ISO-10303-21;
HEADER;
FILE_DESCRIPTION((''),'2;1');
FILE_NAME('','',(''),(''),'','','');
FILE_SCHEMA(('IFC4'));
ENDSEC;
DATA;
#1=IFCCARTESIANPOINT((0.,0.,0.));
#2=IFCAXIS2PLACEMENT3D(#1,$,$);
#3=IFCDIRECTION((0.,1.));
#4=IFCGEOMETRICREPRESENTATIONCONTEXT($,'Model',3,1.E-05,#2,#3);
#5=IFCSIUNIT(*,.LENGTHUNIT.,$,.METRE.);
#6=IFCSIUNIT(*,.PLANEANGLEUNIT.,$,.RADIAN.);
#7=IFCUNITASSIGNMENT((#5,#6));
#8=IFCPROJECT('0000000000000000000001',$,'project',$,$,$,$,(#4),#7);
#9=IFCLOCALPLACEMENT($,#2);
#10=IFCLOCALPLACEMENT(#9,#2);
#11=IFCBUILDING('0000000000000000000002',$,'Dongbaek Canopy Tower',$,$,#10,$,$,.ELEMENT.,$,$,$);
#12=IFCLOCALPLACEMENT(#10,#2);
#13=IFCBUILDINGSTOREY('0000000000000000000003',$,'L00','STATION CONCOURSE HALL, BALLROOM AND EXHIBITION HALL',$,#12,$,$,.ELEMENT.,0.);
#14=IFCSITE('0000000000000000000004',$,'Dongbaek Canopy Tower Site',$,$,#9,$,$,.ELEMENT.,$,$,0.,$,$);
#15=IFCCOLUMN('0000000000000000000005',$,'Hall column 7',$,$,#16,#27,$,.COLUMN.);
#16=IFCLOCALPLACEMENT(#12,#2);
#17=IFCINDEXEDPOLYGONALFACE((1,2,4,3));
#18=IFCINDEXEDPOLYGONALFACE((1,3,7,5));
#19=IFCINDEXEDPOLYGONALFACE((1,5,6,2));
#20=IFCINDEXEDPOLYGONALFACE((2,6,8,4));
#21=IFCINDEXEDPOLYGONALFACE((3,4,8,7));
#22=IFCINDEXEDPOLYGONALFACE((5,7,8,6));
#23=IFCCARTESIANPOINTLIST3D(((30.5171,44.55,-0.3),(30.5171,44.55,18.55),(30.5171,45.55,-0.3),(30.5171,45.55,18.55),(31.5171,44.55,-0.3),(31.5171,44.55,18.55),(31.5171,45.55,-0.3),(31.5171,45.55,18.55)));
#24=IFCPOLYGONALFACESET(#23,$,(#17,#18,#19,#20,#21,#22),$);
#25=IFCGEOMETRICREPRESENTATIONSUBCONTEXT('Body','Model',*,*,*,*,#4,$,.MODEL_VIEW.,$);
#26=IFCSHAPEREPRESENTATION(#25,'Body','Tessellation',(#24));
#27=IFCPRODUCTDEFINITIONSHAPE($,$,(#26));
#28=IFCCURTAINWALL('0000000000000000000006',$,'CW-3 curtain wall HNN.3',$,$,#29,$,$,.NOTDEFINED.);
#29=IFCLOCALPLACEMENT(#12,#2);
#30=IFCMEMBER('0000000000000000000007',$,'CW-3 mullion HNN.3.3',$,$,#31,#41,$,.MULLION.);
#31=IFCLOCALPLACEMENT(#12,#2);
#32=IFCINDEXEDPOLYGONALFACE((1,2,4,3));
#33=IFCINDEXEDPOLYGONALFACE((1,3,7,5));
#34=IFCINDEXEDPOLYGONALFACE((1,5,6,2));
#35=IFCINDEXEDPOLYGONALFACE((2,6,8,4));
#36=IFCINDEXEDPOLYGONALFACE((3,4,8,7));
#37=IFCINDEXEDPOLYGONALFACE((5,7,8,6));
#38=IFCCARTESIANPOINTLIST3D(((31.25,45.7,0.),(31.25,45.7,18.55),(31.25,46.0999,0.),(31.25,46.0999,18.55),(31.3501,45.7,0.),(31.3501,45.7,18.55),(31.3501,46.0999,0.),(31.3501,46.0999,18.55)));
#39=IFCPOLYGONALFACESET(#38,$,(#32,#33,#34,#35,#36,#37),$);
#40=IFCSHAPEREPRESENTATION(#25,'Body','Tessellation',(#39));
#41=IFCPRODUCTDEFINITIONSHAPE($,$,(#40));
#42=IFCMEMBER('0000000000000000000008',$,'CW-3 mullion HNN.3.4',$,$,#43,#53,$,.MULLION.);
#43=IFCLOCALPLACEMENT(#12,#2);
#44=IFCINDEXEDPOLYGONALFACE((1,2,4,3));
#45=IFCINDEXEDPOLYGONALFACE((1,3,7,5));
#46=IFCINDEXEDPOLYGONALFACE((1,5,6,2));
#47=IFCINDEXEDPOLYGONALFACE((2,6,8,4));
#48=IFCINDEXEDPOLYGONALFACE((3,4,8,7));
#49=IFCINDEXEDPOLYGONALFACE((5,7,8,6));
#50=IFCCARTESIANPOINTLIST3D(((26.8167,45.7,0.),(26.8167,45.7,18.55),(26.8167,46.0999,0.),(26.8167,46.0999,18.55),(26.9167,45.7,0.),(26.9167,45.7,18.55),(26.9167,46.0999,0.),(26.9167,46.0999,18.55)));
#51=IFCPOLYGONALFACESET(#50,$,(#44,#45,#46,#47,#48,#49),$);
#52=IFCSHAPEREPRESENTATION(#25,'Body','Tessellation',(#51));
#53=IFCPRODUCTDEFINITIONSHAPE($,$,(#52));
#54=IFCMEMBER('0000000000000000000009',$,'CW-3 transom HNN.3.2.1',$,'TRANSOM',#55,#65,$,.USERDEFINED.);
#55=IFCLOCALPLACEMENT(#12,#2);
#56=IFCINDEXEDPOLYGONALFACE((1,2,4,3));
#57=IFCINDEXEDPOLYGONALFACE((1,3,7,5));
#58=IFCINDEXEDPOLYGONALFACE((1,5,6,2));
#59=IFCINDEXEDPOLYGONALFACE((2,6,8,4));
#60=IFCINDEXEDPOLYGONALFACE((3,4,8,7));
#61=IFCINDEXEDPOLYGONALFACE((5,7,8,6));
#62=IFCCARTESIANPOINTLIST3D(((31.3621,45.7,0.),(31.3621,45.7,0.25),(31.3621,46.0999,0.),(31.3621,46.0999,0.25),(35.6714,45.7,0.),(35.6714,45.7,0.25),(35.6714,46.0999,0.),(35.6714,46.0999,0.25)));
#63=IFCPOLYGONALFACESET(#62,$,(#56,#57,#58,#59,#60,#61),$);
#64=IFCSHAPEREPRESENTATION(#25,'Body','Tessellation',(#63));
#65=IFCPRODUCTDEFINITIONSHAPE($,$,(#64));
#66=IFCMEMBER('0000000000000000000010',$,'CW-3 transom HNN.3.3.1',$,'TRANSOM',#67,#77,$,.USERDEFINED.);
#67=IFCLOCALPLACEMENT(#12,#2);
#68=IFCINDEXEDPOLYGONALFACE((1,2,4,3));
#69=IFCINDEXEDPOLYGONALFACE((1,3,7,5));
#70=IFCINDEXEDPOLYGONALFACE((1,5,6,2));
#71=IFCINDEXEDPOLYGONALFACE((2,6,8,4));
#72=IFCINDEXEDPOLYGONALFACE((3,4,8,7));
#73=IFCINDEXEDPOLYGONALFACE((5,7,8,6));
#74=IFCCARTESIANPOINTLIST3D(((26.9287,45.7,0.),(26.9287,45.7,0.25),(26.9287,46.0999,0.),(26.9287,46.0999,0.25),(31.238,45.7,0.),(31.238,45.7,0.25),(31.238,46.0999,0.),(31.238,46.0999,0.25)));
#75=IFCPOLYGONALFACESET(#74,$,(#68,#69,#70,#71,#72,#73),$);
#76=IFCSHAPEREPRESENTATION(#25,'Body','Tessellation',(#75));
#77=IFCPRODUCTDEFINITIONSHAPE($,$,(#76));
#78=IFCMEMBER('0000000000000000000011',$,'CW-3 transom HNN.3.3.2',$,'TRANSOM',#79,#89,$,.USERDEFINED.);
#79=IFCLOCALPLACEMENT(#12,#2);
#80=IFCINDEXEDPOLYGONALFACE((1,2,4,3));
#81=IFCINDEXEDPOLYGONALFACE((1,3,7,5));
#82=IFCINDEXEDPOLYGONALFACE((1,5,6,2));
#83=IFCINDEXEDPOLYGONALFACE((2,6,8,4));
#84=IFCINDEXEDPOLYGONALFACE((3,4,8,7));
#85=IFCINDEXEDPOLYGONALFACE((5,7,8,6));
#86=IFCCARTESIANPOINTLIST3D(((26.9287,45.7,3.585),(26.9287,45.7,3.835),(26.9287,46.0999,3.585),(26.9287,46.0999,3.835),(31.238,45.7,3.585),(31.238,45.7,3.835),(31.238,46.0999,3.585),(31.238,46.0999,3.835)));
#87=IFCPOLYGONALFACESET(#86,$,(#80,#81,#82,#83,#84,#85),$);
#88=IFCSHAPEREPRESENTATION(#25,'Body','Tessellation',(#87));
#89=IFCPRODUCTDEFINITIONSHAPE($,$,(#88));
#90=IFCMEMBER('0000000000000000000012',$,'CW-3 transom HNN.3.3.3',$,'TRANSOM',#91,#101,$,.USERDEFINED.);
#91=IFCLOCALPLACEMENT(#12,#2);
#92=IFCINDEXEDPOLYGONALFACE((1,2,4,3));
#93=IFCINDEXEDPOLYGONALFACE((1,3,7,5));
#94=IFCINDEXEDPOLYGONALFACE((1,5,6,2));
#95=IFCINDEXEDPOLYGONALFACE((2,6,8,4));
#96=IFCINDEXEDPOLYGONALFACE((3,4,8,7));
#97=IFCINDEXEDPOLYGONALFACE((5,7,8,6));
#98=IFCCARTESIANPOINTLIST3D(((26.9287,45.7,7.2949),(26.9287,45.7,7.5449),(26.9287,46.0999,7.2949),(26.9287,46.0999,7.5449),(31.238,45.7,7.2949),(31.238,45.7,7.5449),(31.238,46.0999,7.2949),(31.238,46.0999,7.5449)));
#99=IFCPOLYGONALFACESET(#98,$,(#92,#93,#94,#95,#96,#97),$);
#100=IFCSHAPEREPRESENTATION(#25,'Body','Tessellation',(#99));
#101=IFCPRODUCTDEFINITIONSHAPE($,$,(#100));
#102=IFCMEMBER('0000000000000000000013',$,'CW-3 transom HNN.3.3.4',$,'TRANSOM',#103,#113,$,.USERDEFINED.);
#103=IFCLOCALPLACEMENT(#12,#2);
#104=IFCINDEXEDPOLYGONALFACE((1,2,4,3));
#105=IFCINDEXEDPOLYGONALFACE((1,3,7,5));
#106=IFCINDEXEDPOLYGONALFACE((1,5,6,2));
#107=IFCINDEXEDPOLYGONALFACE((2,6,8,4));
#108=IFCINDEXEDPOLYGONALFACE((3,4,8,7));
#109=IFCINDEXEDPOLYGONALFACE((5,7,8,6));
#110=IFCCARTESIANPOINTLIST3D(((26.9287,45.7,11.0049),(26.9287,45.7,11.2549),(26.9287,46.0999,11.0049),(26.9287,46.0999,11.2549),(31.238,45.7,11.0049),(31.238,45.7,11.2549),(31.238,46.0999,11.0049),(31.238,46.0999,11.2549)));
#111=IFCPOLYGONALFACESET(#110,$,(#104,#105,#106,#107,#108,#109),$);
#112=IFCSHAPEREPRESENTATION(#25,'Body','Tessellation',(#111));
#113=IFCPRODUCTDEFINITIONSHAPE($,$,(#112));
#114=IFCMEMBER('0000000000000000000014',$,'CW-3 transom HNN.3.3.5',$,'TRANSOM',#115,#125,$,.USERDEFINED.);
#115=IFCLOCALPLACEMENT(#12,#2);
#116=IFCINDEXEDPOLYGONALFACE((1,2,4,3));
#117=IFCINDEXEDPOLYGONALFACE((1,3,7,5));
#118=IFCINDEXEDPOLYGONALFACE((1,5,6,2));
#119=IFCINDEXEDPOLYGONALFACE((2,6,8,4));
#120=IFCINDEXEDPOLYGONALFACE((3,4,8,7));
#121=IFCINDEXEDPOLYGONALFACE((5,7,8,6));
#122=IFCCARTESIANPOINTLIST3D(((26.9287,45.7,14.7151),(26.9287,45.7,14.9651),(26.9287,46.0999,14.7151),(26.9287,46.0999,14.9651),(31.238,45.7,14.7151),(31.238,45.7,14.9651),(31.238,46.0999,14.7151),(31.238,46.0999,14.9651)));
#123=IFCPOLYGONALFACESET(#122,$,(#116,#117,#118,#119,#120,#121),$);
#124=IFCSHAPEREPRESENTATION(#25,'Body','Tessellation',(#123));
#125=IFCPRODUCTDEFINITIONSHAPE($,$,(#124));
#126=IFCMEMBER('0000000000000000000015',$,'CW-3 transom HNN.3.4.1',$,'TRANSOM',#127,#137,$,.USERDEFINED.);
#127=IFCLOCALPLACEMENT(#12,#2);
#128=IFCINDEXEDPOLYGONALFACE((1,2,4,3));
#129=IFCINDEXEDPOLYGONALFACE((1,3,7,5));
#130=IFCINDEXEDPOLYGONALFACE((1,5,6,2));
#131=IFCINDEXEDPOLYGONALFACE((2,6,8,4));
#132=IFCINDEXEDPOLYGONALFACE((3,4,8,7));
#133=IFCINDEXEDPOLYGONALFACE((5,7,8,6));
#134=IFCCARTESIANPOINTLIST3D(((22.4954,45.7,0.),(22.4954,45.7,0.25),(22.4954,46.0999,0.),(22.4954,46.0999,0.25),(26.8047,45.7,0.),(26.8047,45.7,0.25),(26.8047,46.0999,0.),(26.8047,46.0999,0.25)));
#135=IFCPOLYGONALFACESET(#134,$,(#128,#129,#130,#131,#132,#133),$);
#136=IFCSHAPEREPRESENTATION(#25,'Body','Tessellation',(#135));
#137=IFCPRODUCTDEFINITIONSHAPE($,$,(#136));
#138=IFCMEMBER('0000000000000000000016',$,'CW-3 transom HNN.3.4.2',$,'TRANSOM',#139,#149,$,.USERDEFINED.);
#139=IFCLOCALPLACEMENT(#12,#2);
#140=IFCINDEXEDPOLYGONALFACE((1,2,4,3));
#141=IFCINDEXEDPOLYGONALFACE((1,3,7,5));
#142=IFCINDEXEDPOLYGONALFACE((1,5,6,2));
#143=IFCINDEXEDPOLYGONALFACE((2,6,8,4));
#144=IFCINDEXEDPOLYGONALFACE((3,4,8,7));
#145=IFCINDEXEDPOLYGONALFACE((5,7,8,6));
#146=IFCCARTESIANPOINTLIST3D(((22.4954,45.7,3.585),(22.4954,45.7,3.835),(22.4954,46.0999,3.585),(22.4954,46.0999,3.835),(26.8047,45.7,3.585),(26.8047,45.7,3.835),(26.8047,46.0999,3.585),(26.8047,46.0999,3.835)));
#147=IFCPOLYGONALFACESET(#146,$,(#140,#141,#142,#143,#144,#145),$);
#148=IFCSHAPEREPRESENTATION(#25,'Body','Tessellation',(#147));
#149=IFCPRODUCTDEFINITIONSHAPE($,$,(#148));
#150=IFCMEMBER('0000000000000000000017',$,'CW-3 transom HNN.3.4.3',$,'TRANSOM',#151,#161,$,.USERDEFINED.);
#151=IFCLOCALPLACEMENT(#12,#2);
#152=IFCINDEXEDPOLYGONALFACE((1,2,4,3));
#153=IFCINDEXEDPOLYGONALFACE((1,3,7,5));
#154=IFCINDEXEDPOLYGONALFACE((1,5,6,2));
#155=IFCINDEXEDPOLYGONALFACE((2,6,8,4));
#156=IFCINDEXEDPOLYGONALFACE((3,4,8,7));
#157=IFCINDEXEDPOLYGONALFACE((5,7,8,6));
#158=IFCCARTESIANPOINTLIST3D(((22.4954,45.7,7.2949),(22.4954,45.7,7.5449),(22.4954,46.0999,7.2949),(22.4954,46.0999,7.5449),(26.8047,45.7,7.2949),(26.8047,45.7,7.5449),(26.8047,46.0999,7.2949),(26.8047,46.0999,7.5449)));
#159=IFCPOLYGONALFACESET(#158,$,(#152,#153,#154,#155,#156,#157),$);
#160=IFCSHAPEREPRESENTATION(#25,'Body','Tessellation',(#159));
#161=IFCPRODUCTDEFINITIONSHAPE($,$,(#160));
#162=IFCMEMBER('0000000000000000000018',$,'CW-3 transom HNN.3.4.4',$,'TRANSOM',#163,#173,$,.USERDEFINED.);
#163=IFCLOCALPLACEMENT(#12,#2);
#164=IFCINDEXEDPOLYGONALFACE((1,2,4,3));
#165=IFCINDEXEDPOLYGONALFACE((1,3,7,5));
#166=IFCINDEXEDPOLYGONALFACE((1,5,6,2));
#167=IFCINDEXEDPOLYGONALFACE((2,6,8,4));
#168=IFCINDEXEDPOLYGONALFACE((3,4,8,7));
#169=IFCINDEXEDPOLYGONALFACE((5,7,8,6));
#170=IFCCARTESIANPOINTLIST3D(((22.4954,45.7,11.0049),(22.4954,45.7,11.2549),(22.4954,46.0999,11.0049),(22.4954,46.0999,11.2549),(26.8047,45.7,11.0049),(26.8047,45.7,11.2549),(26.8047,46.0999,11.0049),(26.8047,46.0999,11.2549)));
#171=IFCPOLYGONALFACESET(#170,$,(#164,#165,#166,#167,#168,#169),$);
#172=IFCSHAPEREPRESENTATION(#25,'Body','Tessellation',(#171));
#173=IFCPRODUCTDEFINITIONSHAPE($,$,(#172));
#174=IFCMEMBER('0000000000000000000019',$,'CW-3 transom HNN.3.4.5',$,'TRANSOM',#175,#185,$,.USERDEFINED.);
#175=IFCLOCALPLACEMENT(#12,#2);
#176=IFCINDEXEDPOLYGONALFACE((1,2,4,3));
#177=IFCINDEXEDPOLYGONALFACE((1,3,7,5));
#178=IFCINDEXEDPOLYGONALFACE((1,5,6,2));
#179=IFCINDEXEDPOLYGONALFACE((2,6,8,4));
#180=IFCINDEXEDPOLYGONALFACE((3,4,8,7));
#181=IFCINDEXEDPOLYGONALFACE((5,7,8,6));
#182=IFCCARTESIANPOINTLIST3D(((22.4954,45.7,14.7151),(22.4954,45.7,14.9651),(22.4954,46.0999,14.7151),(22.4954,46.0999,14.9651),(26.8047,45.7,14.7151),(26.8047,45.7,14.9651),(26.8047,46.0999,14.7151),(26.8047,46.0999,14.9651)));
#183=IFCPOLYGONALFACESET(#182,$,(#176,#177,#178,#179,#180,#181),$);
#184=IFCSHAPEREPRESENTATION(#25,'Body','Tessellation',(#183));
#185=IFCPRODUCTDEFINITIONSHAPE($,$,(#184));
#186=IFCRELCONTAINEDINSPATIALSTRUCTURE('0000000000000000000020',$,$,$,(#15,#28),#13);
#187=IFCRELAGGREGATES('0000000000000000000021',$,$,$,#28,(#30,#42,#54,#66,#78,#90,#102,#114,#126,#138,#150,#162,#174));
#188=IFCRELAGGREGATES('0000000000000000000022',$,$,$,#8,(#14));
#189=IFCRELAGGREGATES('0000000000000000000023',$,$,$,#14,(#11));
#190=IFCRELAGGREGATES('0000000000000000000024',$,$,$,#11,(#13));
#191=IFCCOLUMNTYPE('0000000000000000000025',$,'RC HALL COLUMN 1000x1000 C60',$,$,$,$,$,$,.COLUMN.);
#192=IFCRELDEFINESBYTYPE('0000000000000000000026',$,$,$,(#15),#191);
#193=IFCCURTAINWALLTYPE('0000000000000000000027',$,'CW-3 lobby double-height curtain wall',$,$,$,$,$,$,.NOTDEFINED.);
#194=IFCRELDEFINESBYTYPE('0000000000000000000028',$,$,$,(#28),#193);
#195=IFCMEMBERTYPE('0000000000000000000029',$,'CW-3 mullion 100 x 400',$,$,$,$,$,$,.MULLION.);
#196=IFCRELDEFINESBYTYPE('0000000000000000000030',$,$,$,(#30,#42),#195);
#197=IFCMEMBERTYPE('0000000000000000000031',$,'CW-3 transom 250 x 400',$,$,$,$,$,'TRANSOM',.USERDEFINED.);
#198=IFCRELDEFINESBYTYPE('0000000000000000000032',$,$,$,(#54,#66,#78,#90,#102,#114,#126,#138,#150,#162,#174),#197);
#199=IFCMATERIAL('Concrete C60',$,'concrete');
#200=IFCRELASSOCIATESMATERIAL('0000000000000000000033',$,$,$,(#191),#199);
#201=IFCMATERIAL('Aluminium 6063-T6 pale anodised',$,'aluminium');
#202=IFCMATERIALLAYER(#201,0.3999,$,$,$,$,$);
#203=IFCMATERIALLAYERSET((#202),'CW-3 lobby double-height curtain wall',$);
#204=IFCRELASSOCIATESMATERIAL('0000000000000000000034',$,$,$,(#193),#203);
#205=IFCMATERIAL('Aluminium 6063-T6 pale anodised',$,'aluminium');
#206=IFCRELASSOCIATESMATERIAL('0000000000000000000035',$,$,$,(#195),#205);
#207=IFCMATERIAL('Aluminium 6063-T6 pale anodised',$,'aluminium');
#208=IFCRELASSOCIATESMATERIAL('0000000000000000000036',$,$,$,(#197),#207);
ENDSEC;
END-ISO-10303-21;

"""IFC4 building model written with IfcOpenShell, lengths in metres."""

from ifc_helpers import new_model, si_unit, direction, frame, origin, origin_2d, place, context, subcontext, project, spatial, rectangle, extrude, material, layer, layer_set, material_profile, profile_set, type_object, element, aggregate, save


model = new_model("IFC4")

# Units and contexts
model_context = context("Model", 3, precision=1e-05, world=origin(), true_north=direction((0.0, 1.0)))
body_context = subcontext(model_context, "Body", "Model", "MODEL_VIEW")
ifc_project = project(units=[si_unit("LENGTHUNIT", "METRE"), si_unit("PLANEANGLEUNIT", "RADIAN")], contexts=[model_context])

# Site, building, storey
site_placement = place(None, origin())
site = spatial("IfcSite", under=ifc_project, at=site_placement, Name="Dongbaek Canopy Tower Site", CompositionType="ELEMENT", RefElevation=0.0)
building_placement = place(site_placement, origin())
building = spatial("IfcBuilding", under=site, at=building_placement, Name="Dongbaek Canopy Tower", CompositionType="ELEMENT")
storey_placement = place(building_placement, origin())
storey = spatial("IfcBuildingStorey", under=building, at=storey_placement, Name="L00", Description="STATION CONCOURSE HALL, BALLROOM AND EXHIBITION HALL", CompositionType="ELEMENT", Elevation=0.0)

# Column
ifc_material_1 = material(Name="Concrete C60", Category="concrete")
ifc_material_profile_1 = material_profile(ifc_material_1, rectangle(XDim=1.0, YDim=1.0, at=origin_2d()), Name="RC HALL COLUMN 1000x1000 C60")
ifc_profile_set_1 = profile_set([ifc_material_profile_1], Name="Concrete C60")
column_type = type_object("IfcColumnType", Name="RC HALL COLUMN 1000x1000 C60", PredefinedType="COLUMN", material=ifc_profile_set_1)
column_placement = place(storey_placement, frame((31.0171, 45.05, -0.3), z_axis=(0.0, 0.0, 1.0), x_axis=(1.0, 0.0, 0.0)))
element("IfcColumn", 1, at=column_placement, inside=storey, type_object=column_type, Name="Hall column 7", PredefinedType="COLUMN", context=body_context, shape_type="SweptSolid", body=[
    extrude(rectangle(XDim=1.0, YDim=1.0, at=origin_2d()), origin(), (0.0, 0.0, 1.0), 18.8501),
])

# Curtain wall, members
ifc_material_2 = material(Name="Aluminium 6063-T6 pale anodised", Category="aluminium")
ifc_layer_1 = layer(ifc_material_2, 0.3999)
ifc_layer_set_1 = layer_set([ifc_layer_1], Name="CW-3 lobby double-height curtain wall")
curtain_wall_type = type_object("IfcCurtainWallType", Name="CW-3 lobby double-height curtain wall", PredefinedType="NOTDEFINED", material=ifc_layer_set_1)
curtain_wall_placement = place(storey_placement, origin())
curtain_wall = element("IfcCurtainWall", 2, at=curtain_wall_placement, inside=storey, type_object=curtain_wall_type, Name="CW-3 curtain wall HNN.3", PredefinedType="NOTDEFINED")
ifc_material_3 = material(Name="Aluminium 6063-T6 pale anodised", Category="aluminium")
ifc_material_profile_2 = material_profile(ifc_material_3, rectangle(XDim=0.3999, YDim=0.1001, at=origin_2d()), Name="CW-3 mullion 100 x 400")
ifc_profile_set_2 = profile_set([ifc_material_profile_2], Name="Aluminium 6063-T6 pale anodised")
member_type_1 = type_object("IfcMemberType", Name="CW-3 mullion 100 x 400", PredefinedType="MULLION", material=ifc_profile_set_2)
member_1_placement = place(storey_placement, frame((31.3, 45.8999, 0.0), z_axis=(0.0, 0.0, 1.0), x_axis=(0.0, 1.0, 0.0)))
member_1 = element("IfcMember", 3, at=member_1_placement, type_object=member_type_1, Name="CW-3 mullion HNN.3.3", PredefinedType="MULLION", context=body_context, shape_type="SweptSolid", body=[
    extrude(rectangle(XDim=0.3999, YDim=0.1001, at=origin_2d()), origin(), (0.0, 0.0, 1.0), 18.55),
])
member_2_placement = place(storey_placement, frame((26.8667, 45.8999, 0.0), z_axis=(0.0, 0.0, 1.0), x_axis=(0.0, 1.0, 0.0)))
member_2 = element("IfcMember", 4, at=member_2_placement, type_object=member_type_1, Name="CW-3 mullion HNN.3.4", PredefinedType="MULLION", context=body_context, shape_type="SweptSolid", body=[
    extrude(rectangle(XDim=0.3999, YDim=0.1001, at=origin_2d()), origin(), (0.0, 0.0, 1.0), 18.55),
])
ifc_material_4 = material(Name="Aluminium 6063-T6 pale anodised", Category="aluminium")
ifc_material_profile_3 = material_profile(ifc_material_4, rectangle(XDim=0.3999, YDim=0.25, at=origin_2d()), Name="CW-3 transom 250 x 400")
ifc_profile_set_3 = profile_set([ifc_material_profile_3], Name="Aluminium 6063-T6 pale anodised")
member_type_2 = type_object("IfcMemberType", Name="CW-3 transom 250 x 400", ElementType="TRANSOM", PredefinedType="USERDEFINED", material=ifc_profile_set_3)
member_3_placement = place(storey_placement, frame((35.6714, 45.8999, 0.125), z_axis=(-1.0, 0.0, 0.0), x_axis=(0.0, -1.0, 0.0)))
member_3 = element("IfcMember", 5, at=member_3_placement, type_object=member_type_2, Name="CW-3 transom HNN.3.2.1", ObjectType="TRANSOM", PredefinedType="USERDEFINED", context=body_context, shape_type="SweptSolid", body=[
    extrude(rectangle(XDim=0.3999, YDim=0.25, at=origin_2d()), origin(), (0.0, 0.0, 1.0), 4.3093),
])
member_4_placement = place(storey_placement, frame((31.238, 45.8999, 0.125), z_axis=(-1.0, 0.0, 0.0), x_axis=(0.0, -1.0, 0.0)))
member_4 = element("IfcMember", 6, at=member_4_placement, type_object=member_type_2, Name="CW-3 transom HNN.3.3.1", ObjectType="TRANSOM", PredefinedType="USERDEFINED", context=body_context, shape_type="SweptSolid", body=[
    extrude(rectangle(XDim=0.3999, YDim=0.25, at=origin_2d()), origin(), (0.0, 0.0, 1.0), 4.3093),
])
member_5_placement = place(storey_placement, frame((31.238, 45.8999, 3.71), z_axis=(-1.0, 0.0, 0.0), x_axis=(0.0, -1.0, 0.0)))
member_5 = element("IfcMember", 7, at=member_5_placement, type_object=member_type_2, Name="CW-3 transom HNN.3.3.2", ObjectType="TRANSOM", PredefinedType="USERDEFINED", context=body_context, shape_type="SweptSolid", body=[
    extrude(rectangle(XDim=0.3999, YDim=0.25, at=origin_2d()), origin(), (0.0, 0.0, 1.0), 4.3093),
])
member_6_placement = place(storey_placement, frame((31.238, 45.8999, 7.4199), z_axis=(-1.0, 0.0, 0.0), x_axis=(0.0, -1.0, 0.0)))
member_6 = element("IfcMember", 8, at=member_6_placement, type_object=member_type_2, Name="CW-3 transom HNN.3.3.3", ObjectType="TRANSOM", PredefinedType="USERDEFINED", context=body_context, shape_type="SweptSolid", body=[
    extrude(rectangle(XDim=0.3999, YDim=0.25, at=origin_2d()), origin(), (0.0, 0.0, 1.0), 4.3093),
])
member_7_placement = place(storey_placement, frame((31.238, 45.8999, 11.1299), z_axis=(-1.0, 0.0, 0.0), x_axis=(0.0, -1.0, 0.0)))
member_7 = element("IfcMember", 9, at=member_7_placement, type_object=member_type_2, Name="CW-3 transom HNN.3.3.4", ObjectType="TRANSOM", PredefinedType="USERDEFINED", context=body_context, shape_type="SweptSolid", body=[
    extrude(rectangle(XDim=0.3999, YDim=0.25, at=origin_2d()), origin(), (0.0, 0.0, 1.0), 4.3093),
])
member_8_placement = place(storey_placement, frame((31.238, 45.8999, 14.8401), z_axis=(-1.0, 0.0, 0.0), x_axis=(0.0, -1.0, 0.0)))
member_8 = element("IfcMember", 10, at=member_8_placement, type_object=member_type_2, Name="CW-3 transom HNN.3.3.5", ObjectType="TRANSOM", PredefinedType="USERDEFINED", context=body_context, shape_type="SweptSolid", body=[
    extrude(rectangle(XDim=0.3999, YDim=0.25, at=origin_2d()), origin(), (0.0, 0.0, 1.0), 4.3093),
])
member_9_placement = place(storey_placement, frame((26.8047, 45.8999, 0.125), z_axis=(-1.0, 0.0, 0.0), x_axis=(0.0, -1.0, 0.0)))
member_9 = element("IfcMember", 11, at=member_9_placement, type_object=member_type_2, Name="CW-3 transom HNN.3.4.1", ObjectType="TRANSOM", PredefinedType="USERDEFINED", context=body_context, shape_type="SweptSolid", body=[
    extrude(rectangle(XDim=0.3999, YDim=0.25, at=origin_2d()), origin(), (0.0, 0.0, 1.0), 4.3093),
])
member_10_placement = place(storey_placement, frame((26.8047, 45.8999, 3.71), z_axis=(-1.0, 0.0, 0.0), x_axis=(0.0, -1.0, 0.0)))
member_10 = element("IfcMember", 12, at=member_10_placement, type_object=member_type_2, Name="CW-3 transom HNN.3.4.2", ObjectType="TRANSOM", PredefinedType="USERDEFINED", context=body_context, shape_type="SweptSolid", body=[
    extrude(rectangle(XDim=0.3999, YDim=0.25, at=origin_2d()), origin(), (0.0, 0.0, 1.0), 4.3093),
])
member_11_placement = place(storey_placement, frame((26.8047, 45.8999, 7.4199), z_axis=(-1.0, 0.0, 0.0), x_axis=(0.0, -1.0, 0.0)))
member_11 = element("IfcMember", 13, at=member_11_placement, type_object=member_type_2, Name="CW-3 transom HNN.3.4.3", ObjectType="TRANSOM", PredefinedType="USERDEFINED", context=body_context, shape_type="SweptSolid", body=[
    extrude(rectangle(XDim=0.3999, YDim=0.25, at=origin_2d()), origin(), (0.0, 0.0, 1.0), 4.3093),
])
member_12_placement = place(storey_placement, frame((26.8047, 45.8999, 11.1299), z_axis=(-1.0, 0.0, 0.0), x_axis=(0.0, -1.0, 0.0)))
member_12 = element("IfcMember", 14, at=member_12_placement, type_object=member_type_2, Name="CW-3 transom HNN.3.4.4", ObjectType="TRANSOM", PredefinedType="USERDEFINED", context=body_context, shape_type="SweptSolid", body=[
    extrude(rectangle(XDim=0.3999, YDim=0.25, at=origin_2d()), origin(), (0.0, 0.0, 1.0), 4.3093),
])
member_13_placement = place(storey_placement, frame((26.8047, 45.8999, 14.8401), z_axis=(-1.0, 0.0, 0.0), x_axis=(0.0, -1.0, 0.0)))
member_13 = element("IfcMember", 15, at=member_13_placement, type_object=member_type_2, Name="CW-3 transom HNN.3.4.5", ObjectType="TRANSOM", PredefinedType="USERDEFINED", context=body_context, shape_type="SweptSolid", body=[
    extrude(rectangle(XDim=0.3999, YDim=0.25, at=origin_2d()), origin(), (0.0, 0.0, 1.0), 4.3093),
])
aggregate(curtain_wall, [member_1, member_2, member_3, member_4, member_5, member_6, member_7, member_8, member_9, member_10, member_11, member_12, member_13])

save(model, "model.ifc")
